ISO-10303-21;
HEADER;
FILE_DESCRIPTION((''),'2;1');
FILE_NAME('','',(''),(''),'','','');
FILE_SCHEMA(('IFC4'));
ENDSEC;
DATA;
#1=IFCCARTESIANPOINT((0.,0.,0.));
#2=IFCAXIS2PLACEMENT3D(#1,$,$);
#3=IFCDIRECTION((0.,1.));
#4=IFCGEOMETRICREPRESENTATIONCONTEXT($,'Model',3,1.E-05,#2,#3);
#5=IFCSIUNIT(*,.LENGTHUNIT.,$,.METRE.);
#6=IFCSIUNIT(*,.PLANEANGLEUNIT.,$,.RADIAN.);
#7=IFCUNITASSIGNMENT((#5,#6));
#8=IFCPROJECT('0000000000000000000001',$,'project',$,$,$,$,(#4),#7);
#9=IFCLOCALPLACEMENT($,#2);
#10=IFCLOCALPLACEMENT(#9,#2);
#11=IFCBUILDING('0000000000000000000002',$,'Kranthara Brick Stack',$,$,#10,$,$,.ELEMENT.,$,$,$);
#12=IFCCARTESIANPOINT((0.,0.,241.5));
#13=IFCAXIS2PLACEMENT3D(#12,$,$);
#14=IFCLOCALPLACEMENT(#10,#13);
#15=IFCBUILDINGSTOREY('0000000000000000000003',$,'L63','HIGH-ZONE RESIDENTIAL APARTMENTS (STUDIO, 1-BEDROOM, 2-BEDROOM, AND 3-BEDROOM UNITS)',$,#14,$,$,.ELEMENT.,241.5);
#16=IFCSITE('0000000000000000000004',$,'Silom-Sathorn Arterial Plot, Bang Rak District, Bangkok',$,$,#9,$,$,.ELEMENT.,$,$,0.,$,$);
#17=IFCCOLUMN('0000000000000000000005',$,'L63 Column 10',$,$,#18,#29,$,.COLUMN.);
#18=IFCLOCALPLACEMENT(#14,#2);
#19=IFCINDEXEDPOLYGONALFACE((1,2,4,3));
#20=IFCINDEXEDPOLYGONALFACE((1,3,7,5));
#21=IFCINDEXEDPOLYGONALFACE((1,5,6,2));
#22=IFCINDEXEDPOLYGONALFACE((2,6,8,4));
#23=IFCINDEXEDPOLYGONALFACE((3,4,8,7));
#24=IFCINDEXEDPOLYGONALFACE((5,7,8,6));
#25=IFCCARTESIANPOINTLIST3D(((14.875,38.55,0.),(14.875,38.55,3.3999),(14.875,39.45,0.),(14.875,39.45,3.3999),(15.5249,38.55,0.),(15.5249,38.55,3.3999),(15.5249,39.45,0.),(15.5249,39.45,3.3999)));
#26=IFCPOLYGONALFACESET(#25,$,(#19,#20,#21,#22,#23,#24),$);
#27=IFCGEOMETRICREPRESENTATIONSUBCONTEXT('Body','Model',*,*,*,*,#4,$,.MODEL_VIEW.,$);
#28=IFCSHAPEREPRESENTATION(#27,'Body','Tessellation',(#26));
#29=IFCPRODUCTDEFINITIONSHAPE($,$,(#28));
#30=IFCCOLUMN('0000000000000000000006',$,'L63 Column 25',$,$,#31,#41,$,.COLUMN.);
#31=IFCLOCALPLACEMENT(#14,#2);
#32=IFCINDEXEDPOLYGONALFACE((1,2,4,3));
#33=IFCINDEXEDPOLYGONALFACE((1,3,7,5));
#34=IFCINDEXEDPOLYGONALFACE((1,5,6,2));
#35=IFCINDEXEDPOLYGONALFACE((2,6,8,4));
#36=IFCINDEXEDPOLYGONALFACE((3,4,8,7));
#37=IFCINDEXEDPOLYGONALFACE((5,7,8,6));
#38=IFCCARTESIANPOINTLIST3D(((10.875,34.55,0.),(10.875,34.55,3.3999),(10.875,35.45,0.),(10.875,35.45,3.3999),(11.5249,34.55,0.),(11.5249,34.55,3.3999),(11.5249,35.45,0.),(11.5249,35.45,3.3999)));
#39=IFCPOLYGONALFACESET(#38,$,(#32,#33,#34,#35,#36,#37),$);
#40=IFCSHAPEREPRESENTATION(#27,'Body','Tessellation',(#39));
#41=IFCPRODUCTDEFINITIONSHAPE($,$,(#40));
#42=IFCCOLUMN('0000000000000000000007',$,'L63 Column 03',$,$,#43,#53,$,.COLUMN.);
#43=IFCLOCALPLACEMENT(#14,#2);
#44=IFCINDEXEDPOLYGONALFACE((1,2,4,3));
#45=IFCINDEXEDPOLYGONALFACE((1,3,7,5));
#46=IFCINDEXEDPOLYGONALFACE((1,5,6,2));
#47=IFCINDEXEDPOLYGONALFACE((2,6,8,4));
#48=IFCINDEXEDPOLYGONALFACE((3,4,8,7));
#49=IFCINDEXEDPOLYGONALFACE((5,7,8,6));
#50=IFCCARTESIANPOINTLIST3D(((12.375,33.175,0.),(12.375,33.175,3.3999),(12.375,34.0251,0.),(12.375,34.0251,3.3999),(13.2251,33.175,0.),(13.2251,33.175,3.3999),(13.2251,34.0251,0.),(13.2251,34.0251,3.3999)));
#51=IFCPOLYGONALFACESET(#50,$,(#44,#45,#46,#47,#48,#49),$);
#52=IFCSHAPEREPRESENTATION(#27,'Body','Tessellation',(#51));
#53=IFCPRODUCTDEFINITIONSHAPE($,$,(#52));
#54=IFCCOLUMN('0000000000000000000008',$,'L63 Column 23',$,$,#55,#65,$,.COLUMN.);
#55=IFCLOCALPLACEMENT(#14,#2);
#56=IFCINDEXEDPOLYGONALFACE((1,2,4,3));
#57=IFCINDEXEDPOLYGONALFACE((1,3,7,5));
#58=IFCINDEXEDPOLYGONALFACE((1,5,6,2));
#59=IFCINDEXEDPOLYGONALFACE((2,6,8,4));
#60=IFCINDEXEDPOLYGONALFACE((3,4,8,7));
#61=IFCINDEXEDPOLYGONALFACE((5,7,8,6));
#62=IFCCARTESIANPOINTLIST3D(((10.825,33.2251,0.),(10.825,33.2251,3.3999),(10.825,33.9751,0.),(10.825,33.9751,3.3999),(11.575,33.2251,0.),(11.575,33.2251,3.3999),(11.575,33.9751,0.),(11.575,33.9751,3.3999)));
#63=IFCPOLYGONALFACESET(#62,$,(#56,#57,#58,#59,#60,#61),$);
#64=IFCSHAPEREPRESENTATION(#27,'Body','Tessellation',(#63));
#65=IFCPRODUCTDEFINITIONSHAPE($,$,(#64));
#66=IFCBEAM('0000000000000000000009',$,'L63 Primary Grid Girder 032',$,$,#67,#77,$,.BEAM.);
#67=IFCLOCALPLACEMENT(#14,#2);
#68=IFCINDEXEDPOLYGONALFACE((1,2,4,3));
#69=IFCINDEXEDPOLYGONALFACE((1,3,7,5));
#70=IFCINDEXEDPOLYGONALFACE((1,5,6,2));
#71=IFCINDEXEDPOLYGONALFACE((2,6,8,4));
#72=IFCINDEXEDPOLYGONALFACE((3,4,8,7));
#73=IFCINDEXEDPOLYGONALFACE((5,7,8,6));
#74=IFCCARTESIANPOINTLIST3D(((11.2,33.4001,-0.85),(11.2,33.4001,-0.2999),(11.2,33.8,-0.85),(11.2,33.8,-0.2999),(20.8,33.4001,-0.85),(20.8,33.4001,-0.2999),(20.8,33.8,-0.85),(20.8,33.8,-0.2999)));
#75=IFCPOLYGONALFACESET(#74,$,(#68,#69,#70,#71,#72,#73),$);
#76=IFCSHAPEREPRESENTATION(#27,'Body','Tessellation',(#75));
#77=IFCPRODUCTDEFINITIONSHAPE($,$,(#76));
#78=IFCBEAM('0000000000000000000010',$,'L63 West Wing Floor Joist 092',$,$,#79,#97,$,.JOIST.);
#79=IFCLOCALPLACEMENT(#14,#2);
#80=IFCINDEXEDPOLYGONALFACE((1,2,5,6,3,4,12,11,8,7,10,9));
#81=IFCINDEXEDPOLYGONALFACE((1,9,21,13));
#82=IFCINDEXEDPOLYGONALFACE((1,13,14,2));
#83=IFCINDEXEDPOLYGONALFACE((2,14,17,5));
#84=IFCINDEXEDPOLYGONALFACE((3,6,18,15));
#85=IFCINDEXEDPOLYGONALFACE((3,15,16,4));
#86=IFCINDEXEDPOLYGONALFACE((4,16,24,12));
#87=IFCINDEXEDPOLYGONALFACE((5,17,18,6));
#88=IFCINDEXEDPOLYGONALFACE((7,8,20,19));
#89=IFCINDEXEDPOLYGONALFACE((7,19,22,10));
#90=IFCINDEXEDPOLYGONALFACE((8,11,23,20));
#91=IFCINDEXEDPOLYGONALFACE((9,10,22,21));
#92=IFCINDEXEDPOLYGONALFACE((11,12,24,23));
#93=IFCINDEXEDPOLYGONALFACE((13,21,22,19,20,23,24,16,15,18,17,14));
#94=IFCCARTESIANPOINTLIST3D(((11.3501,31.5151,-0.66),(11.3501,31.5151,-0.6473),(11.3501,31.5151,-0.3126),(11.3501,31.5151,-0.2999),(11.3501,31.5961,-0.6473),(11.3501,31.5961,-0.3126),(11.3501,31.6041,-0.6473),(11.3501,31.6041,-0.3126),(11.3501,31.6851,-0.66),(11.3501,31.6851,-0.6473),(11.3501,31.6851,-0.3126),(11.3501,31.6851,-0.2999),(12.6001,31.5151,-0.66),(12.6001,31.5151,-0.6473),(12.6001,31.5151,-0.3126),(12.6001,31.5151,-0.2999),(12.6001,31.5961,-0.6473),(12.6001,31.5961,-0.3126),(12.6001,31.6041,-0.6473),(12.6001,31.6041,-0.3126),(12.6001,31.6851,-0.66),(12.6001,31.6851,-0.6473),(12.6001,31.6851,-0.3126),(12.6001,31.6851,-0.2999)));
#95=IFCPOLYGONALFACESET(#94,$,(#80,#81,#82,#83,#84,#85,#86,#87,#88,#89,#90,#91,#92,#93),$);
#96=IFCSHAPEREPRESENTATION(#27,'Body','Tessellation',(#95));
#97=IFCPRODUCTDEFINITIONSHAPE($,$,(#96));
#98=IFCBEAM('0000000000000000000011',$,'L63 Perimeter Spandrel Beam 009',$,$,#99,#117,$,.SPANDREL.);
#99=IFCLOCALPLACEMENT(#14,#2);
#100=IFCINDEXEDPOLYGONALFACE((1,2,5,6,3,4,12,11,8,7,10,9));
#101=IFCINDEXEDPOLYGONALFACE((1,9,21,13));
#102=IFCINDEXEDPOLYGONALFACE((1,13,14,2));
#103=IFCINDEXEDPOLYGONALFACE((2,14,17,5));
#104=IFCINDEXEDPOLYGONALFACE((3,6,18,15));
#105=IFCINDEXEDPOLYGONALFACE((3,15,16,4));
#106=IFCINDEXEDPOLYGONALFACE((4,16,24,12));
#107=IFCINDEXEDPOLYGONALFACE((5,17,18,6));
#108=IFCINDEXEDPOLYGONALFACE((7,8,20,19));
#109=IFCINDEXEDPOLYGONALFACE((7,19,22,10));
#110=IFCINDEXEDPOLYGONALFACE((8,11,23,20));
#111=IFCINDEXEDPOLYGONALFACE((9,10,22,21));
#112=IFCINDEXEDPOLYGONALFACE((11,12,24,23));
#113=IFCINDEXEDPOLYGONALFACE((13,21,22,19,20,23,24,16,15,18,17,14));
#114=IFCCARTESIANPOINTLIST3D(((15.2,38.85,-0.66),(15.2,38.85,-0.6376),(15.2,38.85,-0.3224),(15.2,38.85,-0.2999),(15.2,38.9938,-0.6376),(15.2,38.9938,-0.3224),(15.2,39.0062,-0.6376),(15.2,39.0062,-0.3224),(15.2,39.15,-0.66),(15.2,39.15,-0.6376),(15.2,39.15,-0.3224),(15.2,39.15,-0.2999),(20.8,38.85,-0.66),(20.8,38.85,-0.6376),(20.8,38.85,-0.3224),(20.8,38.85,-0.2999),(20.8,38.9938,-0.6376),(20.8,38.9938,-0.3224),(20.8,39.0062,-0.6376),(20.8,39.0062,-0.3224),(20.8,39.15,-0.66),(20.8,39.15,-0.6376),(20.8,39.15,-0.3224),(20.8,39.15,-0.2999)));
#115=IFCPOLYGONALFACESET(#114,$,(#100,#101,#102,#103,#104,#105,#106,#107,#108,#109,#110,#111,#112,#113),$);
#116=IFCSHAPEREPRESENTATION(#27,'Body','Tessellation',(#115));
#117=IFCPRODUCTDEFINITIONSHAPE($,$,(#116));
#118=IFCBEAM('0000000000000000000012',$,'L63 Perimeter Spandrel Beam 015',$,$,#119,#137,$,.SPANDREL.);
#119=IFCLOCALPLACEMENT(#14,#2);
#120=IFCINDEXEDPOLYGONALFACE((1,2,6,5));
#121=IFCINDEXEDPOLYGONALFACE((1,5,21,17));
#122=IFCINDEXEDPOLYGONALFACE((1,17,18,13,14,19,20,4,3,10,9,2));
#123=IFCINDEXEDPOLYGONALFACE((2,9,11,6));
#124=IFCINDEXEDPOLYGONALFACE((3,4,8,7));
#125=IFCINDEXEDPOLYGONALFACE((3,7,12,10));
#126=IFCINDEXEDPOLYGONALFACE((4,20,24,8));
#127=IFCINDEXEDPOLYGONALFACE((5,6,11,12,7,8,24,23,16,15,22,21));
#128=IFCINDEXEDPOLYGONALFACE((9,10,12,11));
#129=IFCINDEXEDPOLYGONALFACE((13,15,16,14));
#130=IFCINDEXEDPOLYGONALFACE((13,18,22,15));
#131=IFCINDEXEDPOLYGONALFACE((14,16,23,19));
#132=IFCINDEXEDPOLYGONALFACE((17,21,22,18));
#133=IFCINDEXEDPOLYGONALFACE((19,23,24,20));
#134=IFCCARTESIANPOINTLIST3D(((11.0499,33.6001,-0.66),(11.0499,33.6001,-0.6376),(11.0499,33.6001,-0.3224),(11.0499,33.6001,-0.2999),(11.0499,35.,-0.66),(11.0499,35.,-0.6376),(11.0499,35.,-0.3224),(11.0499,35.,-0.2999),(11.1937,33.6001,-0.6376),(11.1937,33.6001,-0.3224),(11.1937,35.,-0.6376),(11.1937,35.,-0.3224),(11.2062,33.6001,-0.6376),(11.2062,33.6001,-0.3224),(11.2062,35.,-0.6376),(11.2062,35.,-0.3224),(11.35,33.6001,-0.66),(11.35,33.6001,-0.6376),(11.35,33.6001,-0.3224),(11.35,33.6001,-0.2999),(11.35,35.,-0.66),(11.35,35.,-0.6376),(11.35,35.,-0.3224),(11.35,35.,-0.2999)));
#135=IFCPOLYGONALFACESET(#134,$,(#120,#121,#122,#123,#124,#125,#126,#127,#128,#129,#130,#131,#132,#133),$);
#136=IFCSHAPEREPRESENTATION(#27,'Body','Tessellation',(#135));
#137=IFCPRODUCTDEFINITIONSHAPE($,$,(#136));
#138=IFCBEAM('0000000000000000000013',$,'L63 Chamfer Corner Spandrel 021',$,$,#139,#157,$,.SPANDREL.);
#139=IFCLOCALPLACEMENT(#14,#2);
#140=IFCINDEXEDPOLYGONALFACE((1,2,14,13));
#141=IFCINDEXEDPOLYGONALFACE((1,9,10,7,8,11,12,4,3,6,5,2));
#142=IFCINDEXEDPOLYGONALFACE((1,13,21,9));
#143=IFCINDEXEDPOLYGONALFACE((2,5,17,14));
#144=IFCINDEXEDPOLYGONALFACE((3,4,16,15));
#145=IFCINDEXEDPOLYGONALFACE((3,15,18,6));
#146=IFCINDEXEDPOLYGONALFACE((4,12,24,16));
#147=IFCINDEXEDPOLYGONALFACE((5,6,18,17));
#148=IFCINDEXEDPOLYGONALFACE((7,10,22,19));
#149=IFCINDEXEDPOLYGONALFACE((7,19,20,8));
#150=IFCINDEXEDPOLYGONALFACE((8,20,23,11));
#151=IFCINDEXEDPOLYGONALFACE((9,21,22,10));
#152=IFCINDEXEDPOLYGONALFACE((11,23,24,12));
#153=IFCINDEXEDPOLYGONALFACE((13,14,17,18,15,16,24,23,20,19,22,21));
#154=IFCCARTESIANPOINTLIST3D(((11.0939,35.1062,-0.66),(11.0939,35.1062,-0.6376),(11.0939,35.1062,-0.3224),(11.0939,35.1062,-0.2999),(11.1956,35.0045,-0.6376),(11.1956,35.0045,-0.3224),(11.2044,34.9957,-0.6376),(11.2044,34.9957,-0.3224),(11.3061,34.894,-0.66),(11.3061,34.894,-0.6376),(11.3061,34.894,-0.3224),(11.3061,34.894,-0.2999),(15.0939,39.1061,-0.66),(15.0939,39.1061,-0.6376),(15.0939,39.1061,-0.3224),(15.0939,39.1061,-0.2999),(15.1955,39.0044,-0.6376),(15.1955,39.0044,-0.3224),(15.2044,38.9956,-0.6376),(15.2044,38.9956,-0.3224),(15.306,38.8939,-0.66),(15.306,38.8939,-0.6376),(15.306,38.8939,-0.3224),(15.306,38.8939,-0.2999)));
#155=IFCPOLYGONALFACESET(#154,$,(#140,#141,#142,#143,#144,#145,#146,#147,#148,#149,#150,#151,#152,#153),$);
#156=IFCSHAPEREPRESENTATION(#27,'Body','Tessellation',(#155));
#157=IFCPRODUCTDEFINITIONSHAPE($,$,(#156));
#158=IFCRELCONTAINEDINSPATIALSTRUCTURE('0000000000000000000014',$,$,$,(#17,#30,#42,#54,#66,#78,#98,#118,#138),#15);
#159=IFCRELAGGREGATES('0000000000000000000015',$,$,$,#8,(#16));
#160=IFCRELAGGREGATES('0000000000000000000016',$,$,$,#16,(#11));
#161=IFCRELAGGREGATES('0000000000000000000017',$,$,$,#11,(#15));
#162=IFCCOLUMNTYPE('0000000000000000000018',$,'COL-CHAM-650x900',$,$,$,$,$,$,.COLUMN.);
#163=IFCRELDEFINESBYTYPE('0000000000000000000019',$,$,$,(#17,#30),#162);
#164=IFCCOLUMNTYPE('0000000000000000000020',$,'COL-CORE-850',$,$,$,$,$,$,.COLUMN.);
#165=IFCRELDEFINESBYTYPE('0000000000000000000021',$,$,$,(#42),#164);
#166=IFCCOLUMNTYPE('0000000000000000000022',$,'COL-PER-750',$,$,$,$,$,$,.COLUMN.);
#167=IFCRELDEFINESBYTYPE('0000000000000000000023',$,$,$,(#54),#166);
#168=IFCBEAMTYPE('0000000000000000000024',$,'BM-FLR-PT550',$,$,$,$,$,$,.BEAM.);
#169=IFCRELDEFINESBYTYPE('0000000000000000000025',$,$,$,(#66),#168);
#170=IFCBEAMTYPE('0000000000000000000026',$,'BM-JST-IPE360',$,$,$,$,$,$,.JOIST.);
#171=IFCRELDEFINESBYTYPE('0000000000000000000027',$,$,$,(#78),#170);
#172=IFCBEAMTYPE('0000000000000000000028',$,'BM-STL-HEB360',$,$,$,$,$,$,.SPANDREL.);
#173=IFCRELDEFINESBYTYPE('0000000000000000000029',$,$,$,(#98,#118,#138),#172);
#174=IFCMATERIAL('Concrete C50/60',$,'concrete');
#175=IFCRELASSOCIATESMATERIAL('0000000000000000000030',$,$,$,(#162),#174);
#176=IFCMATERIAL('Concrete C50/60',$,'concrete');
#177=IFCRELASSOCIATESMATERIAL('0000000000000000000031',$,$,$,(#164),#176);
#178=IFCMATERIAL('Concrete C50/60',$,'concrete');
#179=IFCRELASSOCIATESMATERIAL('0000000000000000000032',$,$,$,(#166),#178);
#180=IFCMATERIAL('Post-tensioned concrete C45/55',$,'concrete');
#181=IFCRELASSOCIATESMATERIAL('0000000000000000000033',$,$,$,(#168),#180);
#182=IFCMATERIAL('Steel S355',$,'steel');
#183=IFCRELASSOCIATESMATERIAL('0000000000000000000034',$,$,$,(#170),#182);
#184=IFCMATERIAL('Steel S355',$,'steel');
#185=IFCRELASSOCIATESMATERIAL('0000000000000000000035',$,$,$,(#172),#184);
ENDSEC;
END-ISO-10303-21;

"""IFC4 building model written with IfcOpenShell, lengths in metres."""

from ifc_helpers import new_model, si_unit, direction, frame, origin, origin_2d, place, context, subcontext, project, spatial, rectangle, i_section, extrude, material, material_profile, profile_set, type_object, element, save


model = new_model("IFC4")

# Units and contexts
model_context = context("Model", 3, precision=1e-05, world=origin(), true_north=direction((0.0, 1.0)))
body_context = subcontext(model_context, "Body", "Model", "MODEL_VIEW")
ifc_project = project(units=[si_unit("LENGTHUNIT", "METRE"), si_unit("PLANEANGLEUNIT", "RADIAN")], contexts=[model_context])

# Site, building, storey
site_placement = place(None, origin())
site = spatial("IfcSite", under=ifc_project, at=site_placement, Name="Silom-Sathorn Arterial Plot, Bang Rak District, Bangkok", CompositionType="ELEMENT", RefElevation=0.0)
building_placement = place(site_placement, origin())
building = spatial("IfcBuilding", under=site, at=building_placement, Name="Kranthara Brick Stack", CompositionType="ELEMENT")
storey_placement = place(building_placement, frame((0.0, 0.0, 241.5)))
storey = spatial("IfcBuildingStorey", under=building, at=storey_placement, Name="L63", Description="HIGH-ZONE RESIDENTIAL APARTMENTS (STUDIO, 1-BEDROOM, 2-BEDROOM, AND 3-BEDROOM UNITS)", CompositionType="ELEMENT", Elevation=241.5)

# Columns
ifc_material_1 = material(Name="Concrete C50/60", Category="concrete")
ifc_material_profile_1 = material_profile(ifc_material_1, rectangle(XDim=0.6499, YDim=0.8999, at=origin_2d()), Name="RC 650x900")
ifc_profile_set_1 = profile_set([ifc_material_profile_1], Name="Concrete C50/60")
column_type_1 = type_object("IfcColumnType", Name="COL-CHAM-650x900", PredefinedType="COLUMN", material=ifc_profile_set_1)
for number, where, z_axis, x_axis, name in (
    (1, (15.2, 39.0, 0.0), (0.0, 0.0, 1.0), (1.0, 0.0, 0.0), "L63 Column 10"),
    (2, (11.2, 35.0, 0.0), (0.0, 0.0, 1.0), (1.0, 0.0, 0.0), "L63 Column 25"),
):
    element("IfcColumn", number, at=place(storey_placement, frame(where, z_axis=z_axis, x_axis=x_axis)), inside=storey, type_object=column_type_1, Name=name, PredefinedType="COLUMN", context=body_context, shape_type="SweptSolid", body=[
        extrude(rectangle(XDim=0.6499, YDim=0.8999, at=origin_2d()), origin(), (0.0, 0.0, 1.0), 3.3999),
    ])
ifc_material_2 = material(Name="Concrete C50/60", Category="concrete")
ifc_material_profile_2 = material_profile(ifc_material_2, rectangle(XDim=0.8501, YDim=0.8501, at=origin_2d()), Name="RC 850x850")
ifc_profile_set_2 = profile_set([ifc_material_profile_2], Name="Concrete C50/60")
column_type_2 = type_object("IfcColumnType", Name="COL-CORE-850", PredefinedType="COLUMN", material=ifc_profile_set_2)
column_1_placement = place(storey_placement, frame((12.8, 33.6001, 0.0), z_axis=(0.0, 0.0, 1.0), x_axis=(1.0, 0.0, 0.0)))
element("IfcColumn", 3, at=column_1_placement, inside=storey, type_object=column_type_2, Name="L63 Column 03", PredefinedType="COLUMN", context=body_context, shape_type="SweptSolid", body=[
    extrude(rectangle(XDim=0.8501, YDim=0.8501, at=origin_2d()), origin(), (0.0, 0.0, 1.0), 3.3999),
])
ifc_material_3 = material(Name="Concrete C50/60", Category="concrete")
ifc_material_profile_3 = material_profile(ifc_material_3, rectangle(XDim=0.75, YDim=0.75, at=origin_2d()), Name="RC 750x750")
ifc_profile_set_3 = profile_set([ifc_material_profile_3], Name="Concrete C50/60")
column_type_3 = type_object("IfcColumnType", Name="COL-PER-750", PredefinedType="COLUMN", material=ifc_profile_set_3)
column_2_placement = place(storey_placement, frame((11.2, 33.6001, 0.0), z_axis=(0.0, 0.0, 1.0), x_axis=(1.0, 0.0, 0.0)))
element("IfcColumn", 4, at=column_2_placement, inside=storey, type_object=column_type_3, Name="L63 Column 23", PredefinedType="COLUMN", context=body_context, shape_type="SweptSolid", body=[
    extrude(rectangle(XDim=0.75, YDim=0.75, at=origin_2d()), origin(), (0.0, 0.0, 1.0), 3.3999),
])

# Beams
ifc_material_4 = material(Name="Post-tensioned concrete C45/55", Category="concrete")
ifc_material_profile_4 = material_profile(ifc_material_4, rectangle(XDim=0.3999, YDim=0.55, at=origin_2d()), Name="PT 400x550")
ifc_profile_set_4 = profile_set([ifc_material_profile_4], Name="Post-tensioned concrete C45/55")
beam_type_1 = type_object("IfcBeamType", Name="BM-FLR-PT550", PredefinedType="BEAM", material=ifc_profile_set_4)
beam_1_placement = place(storey_placement, frame((11.2, 33.6001, -0.575), z_axis=(1.0, 0.0, 0.0), x_axis=(0.0, 1.0, 0.0)))
element("IfcBeam", 5, at=beam_1_placement, inside=storey, type_object=beam_type_1, Name="L63 Primary Grid Girder 032", PredefinedType="BEAM", context=body_context, shape_type="SweptSolid", body=[
    extrude(rectangle(XDim=0.3999, YDim=0.55, at=origin_2d()), origin(), (0.0, 0.0, 1.0), 9.6001),
])
ifc_material_5 = material(Name="Steel S355", Category="steel")
ifc_material_profile_5 = material_profile(ifc_material_5, i_section(OverallWidth=0.1699, OverallDepth=0.3601, WebThickness=0.0081, FlangeThickness=0.0127, at=origin_2d()), Name="IPE 360")
ifc_profile_set_5 = profile_set([ifc_material_profile_5], Name="Steel S355")
beam_type_2 = type_object("IfcBeamType", Name="BM-JST-IPE360", PredefinedType="JOIST", material=ifc_profile_set_5)
beam_2_placement = place(storey_placement, frame((11.3501, 31.6001, -0.48), z_axis=(1.0, 0.0, 0.0), x_axis=(0.0, 1.0, 0.0)))
element("IfcBeam", 6, at=beam_2_placement, inside=storey, type_object=beam_type_2, Name="L63 West Wing Floor Joist 092", PredefinedType="JOIST", context=body_context, shape_type="SweptSolid", body=[
    extrude(i_section(OverallWidth=0.1699, OverallDepth=0.3601, WebThickness=0.0081, FlangeThickness=0.0127, at=origin_2d()), origin(), (0.0, 0.0, 1.0), 1.25),
])
ifc_material_6 = material(Name="Steel S355", Category="steel")
ifc_material_profile_6 = material_profile(ifc_material_6, i_section(OverallWidth=0.3, OverallDepth=0.3601, WebThickness=0.0125, FlangeThickness=0.0225, at=origin_2d()), Name="HEB 360")
ifc_profile_set_6 = profile_set([ifc_material_profile_6], Name="Steel S355")
beam_type_3 = type_object("IfcBeamType", Name="BM-STL-HEB360", PredefinedType="SPANDREL", material=ifc_profile_set_6)
beam_3_placement = place(storey_placement, frame((15.2, 39.0, -0.48), z_axis=(1.0, 0.0, 0.0), x_axis=(0.0, 1.0, 0.0)))
element("IfcBeam", 7, at=beam_3_placement, inside=storey, type_object=beam_type_3, Name="L63 Perimeter Spandrel Beam 009", PredefinedType="SPANDREL", context=body_context, shape_type="SweptSolid", body=[
    extrude(i_section(OverallWidth=0.3, OverallDepth=0.3601, WebThickness=0.0125, FlangeThickness=0.0225, at=origin_2d()), origin(), (0.0, 0.0, 1.0), 5.6001),
])
beam_4_placement = place(storey_placement, frame((11.2, 33.6001, -0.48), z_axis=(0.0, 1.0, 0.0), x_axis=(-1.0, 0.0, 0.0)))
element("IfcBeam", 8, at=beam_4_placement, inside=storey, type_object=beam_type_3, Name="L63 Perimeter Spandrel Beam 015", PredefinedType="SPANDREL", context=body_context, shape_type="SweptSolid", body=[
    extrude(i_section(OverallWidth=0.3, OverallDepth=0.3601, WebThickness=0.0125, FlangeThickness=0.0225, at=origin_2d()), origin(), (0.0, 0.0, 1.0), 1.3999),
])
beam_5_placement = place(storey_placement, frame((15.2, 39.0, -0.48), z_axis=(-0.707107, -0.707107, 0.0), x_axis=(0.707107, -0.707107, 0.0)))
element("IfcBeam", 9, at=beam_5_placement, inside=storey, type_object=beam_type_3, Name="L63 Chamfer Corner Spandrel 021", PredefinedType="SPANDREL", context=body_context, shape_type="SweptSolid", body=[
    extrude(i_section(OverallWidth=0.3, OverallDepth=0.3601, WebThickness=0.0125, FlangeThickness=0.0225, at=origin_2d()), origin(), (0.0, 0.0, 1.0), 5.6567),
])

save(model, "model.ifc")
